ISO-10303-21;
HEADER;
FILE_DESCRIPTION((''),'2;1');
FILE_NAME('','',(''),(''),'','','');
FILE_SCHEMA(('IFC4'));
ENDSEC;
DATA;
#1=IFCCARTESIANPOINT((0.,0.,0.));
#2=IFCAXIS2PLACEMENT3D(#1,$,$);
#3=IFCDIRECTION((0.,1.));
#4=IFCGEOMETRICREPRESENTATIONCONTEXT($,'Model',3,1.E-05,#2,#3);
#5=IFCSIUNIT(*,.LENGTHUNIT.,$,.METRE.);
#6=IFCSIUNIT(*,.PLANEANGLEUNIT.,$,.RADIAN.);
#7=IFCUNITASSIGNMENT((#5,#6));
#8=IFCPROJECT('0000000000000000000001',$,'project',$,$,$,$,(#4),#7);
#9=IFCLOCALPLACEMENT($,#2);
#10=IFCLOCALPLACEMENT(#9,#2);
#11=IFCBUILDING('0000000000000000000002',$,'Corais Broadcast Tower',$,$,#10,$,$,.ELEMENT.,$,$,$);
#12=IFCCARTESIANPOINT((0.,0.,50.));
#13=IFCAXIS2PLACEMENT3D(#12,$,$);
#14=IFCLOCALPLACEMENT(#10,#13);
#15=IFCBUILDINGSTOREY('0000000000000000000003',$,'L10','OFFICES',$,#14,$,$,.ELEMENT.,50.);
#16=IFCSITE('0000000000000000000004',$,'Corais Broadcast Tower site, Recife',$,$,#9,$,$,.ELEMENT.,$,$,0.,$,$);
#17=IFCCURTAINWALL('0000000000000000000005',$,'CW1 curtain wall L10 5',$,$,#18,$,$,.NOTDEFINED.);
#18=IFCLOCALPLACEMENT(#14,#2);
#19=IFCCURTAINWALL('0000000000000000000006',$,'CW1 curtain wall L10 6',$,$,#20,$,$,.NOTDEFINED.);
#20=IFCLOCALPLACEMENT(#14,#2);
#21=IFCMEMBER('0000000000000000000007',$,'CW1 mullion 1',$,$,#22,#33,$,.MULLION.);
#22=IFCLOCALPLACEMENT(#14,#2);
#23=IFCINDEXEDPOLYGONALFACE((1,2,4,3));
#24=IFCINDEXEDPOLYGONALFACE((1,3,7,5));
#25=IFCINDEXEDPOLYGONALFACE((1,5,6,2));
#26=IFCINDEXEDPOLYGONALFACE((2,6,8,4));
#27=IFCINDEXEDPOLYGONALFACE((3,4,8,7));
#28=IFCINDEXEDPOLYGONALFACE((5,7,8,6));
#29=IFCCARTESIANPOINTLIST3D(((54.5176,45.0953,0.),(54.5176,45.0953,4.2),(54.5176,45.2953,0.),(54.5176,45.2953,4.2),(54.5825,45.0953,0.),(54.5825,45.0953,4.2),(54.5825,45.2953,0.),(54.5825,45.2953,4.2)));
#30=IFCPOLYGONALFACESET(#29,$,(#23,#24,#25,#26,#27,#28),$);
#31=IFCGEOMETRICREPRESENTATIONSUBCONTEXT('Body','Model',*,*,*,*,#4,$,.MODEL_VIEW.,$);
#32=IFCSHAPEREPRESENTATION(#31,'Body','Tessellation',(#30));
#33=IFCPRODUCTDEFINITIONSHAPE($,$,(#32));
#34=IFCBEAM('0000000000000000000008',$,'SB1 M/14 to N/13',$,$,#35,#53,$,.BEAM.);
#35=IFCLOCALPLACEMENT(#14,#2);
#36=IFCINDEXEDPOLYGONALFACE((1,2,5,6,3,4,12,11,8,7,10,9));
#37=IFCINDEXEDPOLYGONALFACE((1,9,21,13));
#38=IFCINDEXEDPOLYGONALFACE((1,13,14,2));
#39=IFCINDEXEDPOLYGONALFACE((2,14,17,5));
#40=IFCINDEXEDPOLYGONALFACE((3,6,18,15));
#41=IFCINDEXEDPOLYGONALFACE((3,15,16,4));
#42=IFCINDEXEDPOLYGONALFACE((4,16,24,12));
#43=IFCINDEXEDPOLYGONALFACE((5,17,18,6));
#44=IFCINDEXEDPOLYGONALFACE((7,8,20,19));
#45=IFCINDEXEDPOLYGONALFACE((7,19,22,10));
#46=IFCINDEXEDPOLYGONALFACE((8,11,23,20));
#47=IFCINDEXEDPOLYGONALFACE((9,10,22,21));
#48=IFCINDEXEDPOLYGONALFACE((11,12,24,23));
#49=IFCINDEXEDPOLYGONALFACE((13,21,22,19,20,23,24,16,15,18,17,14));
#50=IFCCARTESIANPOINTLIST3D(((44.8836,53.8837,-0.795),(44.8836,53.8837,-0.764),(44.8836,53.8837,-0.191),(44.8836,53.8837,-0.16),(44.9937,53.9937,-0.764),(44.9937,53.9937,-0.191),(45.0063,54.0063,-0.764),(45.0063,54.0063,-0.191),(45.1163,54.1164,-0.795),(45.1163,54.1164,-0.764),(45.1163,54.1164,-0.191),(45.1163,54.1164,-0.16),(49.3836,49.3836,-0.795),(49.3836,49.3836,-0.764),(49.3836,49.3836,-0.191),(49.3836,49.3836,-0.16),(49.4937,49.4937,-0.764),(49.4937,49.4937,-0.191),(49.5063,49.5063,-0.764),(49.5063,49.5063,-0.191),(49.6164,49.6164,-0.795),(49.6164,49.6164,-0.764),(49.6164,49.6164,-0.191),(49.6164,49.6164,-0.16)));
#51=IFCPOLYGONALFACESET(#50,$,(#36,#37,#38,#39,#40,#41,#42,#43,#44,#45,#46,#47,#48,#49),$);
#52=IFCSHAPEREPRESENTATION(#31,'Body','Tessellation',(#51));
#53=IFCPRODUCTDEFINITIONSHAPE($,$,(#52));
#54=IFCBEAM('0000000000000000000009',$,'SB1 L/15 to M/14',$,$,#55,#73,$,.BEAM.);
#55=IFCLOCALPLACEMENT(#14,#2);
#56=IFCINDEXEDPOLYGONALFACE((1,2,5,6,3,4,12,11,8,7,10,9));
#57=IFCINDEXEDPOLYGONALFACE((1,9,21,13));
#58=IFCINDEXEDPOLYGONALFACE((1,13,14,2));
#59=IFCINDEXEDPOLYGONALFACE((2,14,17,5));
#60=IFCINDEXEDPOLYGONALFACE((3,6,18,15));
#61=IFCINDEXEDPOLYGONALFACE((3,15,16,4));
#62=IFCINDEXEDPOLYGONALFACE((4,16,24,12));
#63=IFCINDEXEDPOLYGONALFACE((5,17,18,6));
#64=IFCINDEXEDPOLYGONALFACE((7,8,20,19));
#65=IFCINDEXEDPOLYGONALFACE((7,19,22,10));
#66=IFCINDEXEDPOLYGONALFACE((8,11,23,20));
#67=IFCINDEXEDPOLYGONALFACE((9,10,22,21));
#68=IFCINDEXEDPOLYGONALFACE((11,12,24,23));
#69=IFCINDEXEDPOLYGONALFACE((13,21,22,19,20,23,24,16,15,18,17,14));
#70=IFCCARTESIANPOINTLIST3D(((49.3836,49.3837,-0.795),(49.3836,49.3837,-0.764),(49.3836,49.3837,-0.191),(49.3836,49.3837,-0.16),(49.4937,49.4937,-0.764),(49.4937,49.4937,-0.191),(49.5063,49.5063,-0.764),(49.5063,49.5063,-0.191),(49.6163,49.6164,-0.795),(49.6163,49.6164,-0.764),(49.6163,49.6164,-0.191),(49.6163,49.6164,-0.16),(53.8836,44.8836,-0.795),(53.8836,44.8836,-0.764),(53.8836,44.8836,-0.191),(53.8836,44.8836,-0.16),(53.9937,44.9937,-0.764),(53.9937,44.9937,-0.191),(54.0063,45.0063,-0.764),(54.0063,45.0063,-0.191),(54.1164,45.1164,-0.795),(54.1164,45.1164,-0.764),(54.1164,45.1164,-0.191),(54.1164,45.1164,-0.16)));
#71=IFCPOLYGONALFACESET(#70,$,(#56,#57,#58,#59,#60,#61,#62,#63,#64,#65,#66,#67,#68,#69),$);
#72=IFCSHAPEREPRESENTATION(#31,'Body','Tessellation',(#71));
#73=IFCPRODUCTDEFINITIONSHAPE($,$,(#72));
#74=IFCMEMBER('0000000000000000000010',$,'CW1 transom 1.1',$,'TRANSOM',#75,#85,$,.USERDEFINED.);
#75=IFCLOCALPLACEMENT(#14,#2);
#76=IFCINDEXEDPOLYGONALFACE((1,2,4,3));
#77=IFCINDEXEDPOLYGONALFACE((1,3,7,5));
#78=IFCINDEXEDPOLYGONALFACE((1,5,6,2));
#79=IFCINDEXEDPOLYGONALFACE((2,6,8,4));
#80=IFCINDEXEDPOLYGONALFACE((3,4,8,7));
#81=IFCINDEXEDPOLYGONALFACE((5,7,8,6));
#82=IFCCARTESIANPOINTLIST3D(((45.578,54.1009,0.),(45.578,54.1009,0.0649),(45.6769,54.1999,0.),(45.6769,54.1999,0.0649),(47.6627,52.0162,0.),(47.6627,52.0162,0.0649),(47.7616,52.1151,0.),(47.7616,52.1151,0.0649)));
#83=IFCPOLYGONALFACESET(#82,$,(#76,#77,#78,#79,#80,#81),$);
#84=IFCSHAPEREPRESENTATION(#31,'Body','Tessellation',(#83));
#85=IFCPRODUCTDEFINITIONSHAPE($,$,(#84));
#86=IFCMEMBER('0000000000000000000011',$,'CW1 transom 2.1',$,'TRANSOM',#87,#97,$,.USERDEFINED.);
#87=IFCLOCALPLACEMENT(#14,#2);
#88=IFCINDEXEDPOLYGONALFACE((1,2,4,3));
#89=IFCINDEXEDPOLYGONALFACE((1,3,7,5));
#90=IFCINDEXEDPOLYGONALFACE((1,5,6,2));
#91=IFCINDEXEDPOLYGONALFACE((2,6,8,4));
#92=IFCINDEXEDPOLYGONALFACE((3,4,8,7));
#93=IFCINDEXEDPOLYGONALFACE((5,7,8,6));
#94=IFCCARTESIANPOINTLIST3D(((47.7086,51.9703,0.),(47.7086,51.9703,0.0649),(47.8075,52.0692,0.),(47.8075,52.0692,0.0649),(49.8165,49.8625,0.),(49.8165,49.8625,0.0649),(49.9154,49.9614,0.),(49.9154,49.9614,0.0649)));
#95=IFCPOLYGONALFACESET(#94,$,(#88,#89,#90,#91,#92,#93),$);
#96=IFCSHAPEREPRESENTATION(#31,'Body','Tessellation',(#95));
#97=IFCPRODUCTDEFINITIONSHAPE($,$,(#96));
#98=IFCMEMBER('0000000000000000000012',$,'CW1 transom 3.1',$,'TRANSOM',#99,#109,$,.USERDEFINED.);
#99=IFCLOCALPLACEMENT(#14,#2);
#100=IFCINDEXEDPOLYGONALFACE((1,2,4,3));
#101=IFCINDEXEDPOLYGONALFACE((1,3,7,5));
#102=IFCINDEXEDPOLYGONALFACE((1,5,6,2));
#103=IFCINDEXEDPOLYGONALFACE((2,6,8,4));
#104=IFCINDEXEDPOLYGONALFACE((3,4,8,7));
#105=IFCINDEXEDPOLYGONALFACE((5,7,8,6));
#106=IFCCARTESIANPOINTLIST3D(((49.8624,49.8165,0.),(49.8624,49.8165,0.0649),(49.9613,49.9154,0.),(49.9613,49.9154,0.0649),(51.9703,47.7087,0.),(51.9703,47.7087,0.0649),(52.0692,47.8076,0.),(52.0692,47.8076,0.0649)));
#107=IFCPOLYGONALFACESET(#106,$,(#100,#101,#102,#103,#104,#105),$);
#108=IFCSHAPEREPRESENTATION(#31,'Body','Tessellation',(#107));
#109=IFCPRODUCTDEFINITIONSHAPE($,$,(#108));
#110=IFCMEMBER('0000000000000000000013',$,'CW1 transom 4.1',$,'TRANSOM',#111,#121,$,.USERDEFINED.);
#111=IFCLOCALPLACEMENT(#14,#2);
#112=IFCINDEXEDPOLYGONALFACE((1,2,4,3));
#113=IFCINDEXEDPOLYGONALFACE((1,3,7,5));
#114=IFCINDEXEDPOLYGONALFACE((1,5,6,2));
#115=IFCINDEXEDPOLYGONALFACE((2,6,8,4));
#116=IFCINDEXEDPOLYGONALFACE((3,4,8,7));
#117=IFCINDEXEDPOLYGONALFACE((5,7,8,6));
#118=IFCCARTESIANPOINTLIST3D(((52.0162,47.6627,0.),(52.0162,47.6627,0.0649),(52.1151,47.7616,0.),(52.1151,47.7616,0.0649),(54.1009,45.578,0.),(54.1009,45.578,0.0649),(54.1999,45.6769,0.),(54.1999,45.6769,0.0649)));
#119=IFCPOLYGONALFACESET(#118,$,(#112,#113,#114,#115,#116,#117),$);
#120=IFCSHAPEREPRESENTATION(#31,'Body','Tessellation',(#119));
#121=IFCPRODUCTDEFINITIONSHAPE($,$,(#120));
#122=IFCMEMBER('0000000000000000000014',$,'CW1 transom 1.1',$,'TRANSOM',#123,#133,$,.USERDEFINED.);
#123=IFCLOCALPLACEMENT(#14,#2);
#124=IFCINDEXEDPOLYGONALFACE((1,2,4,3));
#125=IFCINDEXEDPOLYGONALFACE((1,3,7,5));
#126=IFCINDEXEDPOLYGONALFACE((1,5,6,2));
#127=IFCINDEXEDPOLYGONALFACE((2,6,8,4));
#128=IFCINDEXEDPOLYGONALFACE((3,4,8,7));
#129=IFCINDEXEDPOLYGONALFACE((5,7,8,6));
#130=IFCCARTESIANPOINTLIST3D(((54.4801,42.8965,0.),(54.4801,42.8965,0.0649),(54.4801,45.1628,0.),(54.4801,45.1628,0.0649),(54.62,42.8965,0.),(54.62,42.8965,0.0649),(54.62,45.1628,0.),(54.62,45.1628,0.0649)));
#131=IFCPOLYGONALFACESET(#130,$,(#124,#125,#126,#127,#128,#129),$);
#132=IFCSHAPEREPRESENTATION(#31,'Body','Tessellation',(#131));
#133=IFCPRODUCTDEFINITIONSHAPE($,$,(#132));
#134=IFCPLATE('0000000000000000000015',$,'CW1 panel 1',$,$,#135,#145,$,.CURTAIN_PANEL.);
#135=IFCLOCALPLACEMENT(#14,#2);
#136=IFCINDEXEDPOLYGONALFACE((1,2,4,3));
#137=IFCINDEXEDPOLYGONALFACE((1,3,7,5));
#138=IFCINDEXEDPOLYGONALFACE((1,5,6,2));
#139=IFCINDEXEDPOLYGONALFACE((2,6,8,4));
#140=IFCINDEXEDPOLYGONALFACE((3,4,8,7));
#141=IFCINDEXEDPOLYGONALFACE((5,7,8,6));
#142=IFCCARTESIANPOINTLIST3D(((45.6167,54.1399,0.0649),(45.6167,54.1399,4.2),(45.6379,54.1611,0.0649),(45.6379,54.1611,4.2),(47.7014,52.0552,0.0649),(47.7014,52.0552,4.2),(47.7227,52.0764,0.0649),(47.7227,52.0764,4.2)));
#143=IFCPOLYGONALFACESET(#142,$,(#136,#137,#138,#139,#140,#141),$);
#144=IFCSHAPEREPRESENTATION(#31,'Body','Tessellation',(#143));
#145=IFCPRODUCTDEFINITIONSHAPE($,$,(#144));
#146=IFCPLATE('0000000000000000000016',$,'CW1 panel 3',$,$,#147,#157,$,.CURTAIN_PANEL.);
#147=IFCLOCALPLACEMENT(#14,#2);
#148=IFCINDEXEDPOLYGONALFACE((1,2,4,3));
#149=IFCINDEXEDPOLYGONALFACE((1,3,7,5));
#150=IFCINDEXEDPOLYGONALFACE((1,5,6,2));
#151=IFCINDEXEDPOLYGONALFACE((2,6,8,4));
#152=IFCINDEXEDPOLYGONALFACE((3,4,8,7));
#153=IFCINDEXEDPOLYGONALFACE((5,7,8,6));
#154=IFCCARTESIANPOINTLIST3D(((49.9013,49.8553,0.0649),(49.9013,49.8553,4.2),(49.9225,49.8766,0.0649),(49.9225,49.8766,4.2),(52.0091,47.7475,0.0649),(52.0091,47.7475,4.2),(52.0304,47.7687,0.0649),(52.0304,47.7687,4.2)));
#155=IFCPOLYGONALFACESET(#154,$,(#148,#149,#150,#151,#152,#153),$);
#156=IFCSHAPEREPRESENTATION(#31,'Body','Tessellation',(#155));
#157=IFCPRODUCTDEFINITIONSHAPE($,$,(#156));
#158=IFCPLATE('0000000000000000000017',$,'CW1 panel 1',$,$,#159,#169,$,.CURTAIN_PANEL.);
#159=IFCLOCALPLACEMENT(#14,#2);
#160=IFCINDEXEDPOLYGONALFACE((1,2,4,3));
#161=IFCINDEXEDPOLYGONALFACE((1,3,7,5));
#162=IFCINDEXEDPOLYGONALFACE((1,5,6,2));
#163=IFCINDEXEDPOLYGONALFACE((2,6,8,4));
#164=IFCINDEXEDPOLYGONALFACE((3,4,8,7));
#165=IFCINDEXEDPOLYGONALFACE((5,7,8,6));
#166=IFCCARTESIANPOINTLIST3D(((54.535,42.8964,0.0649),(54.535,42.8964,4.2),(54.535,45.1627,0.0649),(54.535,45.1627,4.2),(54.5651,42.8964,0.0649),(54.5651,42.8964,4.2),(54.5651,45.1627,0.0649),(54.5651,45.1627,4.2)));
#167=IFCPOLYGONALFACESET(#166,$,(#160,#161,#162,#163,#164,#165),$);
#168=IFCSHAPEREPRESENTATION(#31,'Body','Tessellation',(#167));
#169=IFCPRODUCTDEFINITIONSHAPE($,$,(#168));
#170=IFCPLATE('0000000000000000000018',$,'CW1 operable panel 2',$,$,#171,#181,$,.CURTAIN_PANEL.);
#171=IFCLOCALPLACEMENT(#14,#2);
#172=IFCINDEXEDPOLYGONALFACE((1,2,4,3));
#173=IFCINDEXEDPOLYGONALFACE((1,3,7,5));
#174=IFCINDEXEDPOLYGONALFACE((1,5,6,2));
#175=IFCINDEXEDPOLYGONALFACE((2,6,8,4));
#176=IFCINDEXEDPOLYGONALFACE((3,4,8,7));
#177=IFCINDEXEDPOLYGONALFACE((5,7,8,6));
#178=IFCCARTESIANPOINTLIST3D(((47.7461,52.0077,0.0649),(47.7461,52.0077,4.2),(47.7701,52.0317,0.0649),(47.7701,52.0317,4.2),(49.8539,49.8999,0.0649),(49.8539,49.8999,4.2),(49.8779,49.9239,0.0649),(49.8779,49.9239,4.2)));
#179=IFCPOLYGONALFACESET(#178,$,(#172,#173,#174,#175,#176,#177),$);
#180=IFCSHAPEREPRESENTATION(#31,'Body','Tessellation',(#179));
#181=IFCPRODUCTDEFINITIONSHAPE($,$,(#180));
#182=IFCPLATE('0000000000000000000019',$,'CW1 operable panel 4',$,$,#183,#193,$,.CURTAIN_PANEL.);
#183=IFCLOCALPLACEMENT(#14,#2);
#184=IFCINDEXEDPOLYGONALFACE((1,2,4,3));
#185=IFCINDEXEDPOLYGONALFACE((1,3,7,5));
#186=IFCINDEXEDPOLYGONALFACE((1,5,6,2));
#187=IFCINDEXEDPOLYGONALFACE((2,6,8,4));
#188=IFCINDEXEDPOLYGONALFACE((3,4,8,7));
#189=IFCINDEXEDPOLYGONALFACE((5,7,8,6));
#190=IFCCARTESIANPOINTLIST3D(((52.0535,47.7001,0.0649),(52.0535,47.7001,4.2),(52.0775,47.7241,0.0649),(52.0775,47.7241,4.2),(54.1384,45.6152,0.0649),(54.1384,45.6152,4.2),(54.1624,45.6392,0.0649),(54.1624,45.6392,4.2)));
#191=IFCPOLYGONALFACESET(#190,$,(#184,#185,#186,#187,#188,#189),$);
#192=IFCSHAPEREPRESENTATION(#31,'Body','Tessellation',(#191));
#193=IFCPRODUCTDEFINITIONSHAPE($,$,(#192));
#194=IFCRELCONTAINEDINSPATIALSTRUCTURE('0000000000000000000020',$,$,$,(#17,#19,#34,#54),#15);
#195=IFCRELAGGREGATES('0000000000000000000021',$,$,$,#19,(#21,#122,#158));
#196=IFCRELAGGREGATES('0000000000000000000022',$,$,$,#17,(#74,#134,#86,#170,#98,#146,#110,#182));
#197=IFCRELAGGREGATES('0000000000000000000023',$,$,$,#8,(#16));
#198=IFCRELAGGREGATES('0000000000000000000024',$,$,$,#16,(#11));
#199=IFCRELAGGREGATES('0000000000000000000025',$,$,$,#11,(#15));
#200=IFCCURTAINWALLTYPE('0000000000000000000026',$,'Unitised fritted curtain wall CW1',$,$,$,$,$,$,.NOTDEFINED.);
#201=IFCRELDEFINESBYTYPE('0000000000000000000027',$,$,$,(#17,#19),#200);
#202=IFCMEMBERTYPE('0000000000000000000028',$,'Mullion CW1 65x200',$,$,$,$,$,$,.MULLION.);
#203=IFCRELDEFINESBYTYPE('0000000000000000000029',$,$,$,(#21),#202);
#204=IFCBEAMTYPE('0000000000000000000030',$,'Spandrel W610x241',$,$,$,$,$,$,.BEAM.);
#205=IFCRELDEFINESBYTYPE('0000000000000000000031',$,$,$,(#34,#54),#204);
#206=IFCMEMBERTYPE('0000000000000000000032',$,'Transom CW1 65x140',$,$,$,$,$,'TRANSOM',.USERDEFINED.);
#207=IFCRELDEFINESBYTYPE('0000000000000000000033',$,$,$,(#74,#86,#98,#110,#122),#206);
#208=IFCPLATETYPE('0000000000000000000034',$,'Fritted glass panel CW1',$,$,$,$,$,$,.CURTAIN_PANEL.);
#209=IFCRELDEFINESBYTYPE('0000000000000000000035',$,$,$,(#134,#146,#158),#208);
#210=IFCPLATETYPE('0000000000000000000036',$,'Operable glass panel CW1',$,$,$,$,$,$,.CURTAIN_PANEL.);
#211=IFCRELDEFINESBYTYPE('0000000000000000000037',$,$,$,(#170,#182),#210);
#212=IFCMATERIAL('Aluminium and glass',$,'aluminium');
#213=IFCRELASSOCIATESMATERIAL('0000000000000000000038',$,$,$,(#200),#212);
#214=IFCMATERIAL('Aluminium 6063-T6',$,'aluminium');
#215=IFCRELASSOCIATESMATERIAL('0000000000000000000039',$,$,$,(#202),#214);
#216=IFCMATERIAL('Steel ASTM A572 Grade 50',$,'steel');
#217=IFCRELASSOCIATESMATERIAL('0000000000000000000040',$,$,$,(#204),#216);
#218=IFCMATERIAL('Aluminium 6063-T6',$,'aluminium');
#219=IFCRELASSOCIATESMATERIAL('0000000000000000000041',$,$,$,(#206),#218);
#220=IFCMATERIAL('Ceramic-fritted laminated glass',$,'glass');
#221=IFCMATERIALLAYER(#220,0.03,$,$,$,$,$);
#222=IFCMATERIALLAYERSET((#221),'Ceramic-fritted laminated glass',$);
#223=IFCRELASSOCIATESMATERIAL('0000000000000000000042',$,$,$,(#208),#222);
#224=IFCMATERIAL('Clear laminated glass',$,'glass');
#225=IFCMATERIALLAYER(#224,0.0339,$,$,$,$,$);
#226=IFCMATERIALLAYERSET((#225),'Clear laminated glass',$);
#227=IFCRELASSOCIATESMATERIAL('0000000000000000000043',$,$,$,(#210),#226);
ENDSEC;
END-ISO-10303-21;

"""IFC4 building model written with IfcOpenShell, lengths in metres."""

from ifc_helpers import new_model, si_unit, direction, frame, origin, origin_2d, place, context, subcontext, project, spatial, rectangle, i_section, extrude, material, layer, layer_set, material_profile, profile_set, type_object, element, aggregate, save


model = new_model("IFC4")

# Units and contexts
model_context = context("Model", 3, precision=1e-05, world=origin(), true_north=direction((0.0, 1.0)))
body_context = subcontext(model_context, "Body", "Model", "MODEL_VIEW")
ifc_project = project(units=[si_unit("LENGTHUNIT", "METRE"), si_unit("PLANEANGLEUNIT", "RADIAN")], contexts=[model_context])

# Site, building, storey
site_placement = place(None, origin())
site = spatial("IfcSite", under=ifc_project, at=site_placement, Name="Corais Broadcast Tower site, Recife", CompositionType="ELEMENT", RefElevation=0.0)
building_placement = place(site_placement, origin())
building = spatial("IfcBuilding", under=site, at=building_placement, Name="Corais Broadcast Tower", CompositionType="ELEMENT")
storey_placement = place(building_placement, frame((0.0, 0.0, 50.0)))
storey = spatial("IfcBuildingStorey", under=building, at=storey_placement, Name="L10", Description="OFFICES", CompositionType="ELEMENT", Elevation=50.0)

# Shared definitions
ifc_material_1 = material(Name="Aluminium and glass", Category="aluminium")
curtain_wall_type = type_object("IfcCurtainWallType", Name="Unitised fritted curtain wall CW1", PredefinedType="NOTDEFINED", material=ifc_material_1)
ifc_material_2 = material(Name="Aluminium 6063-T6", Category="aluminium")
ifc_material_profile_1 = material_profile(ifc_material_2, rectangle(XDim=0.0649, YDim=0.2, at=origin_2d()), Name="Mullion CW1 65x200")
ifc_profile_set_1 = profile_set([ifc_material_profile_1], Name="Aluminium 6063-T6")
member_type_1 = type_object("IfcMemberType", Name="Mullion CW1 65x200", PredefinedType="MULLION", material=ifc_profile_set_1)

# Curtain wall
curtain_wall_1_placement = place(storey_placement, origin())
curtain_wall_1 = element("IfcCurtainWall", 1, at=curtain_wall_1_placement, inside=storey, type_object=curtain_wall_type, Name="CW1 curtain wall L10 5", PredefinedType="NOTDEFINED")

# Curtain wall, member
curtain_wall_2_placement = place(storey_placement, origin())
curtain_wall_2 = element("IfcCurtainWall", 2, at=curtain_wall_2_placement, inside=storey, type_object=curtain_wall_type, Name="CW1 curtain wall L10 6", PredefinedType="NOTDEFINED")
member_1_placement = place(storey_placement, frame((54.55, 45.1953, 0.0), z_axis=(0.0, 0.0, 1.0), x_axis=(1.0, 0.0, 0.0)))
member_1 = element("IfcMember", 3, at=member_1_placement, type_object=member_type_1, Name="CW1 mullion 1", PredefinedType="MULLION", context=body_context, shape_type="SweptSolid", body=[
    extrude(rectangle(XDim=0.0649, YDim=0.2, at=origin_2d()), origin(), (0.0, 0.0, 1.0), 4.2),
])

# Beams
ifc_material_3 = material(Name="Steel ASTM A572 Grade 50", Category="steel")
ifc_material_profile_2 = material_profile(ifc_material_3, i_section(OverallWidth=0.3291, OverallDepth=0.635, WebThickness=0.0178, FlangeThickness=0.031, at=origin_2d()), Name="W610x241")
ifc_profile_set_2 = profile_set([ifc_material_profile_2], Name="Steel ASTM A572 Grade 50")
beam_type_1 = type_object("IfcBeamType", Name="Spandrel W610x241", PredefinedType="BEAM", material=ifc_profile_set_2)
for number, where, z_axis, x_axis, name in (
    (4, (49.5, 49.5, -0.4775), (-0.707107, 0.707107, 0.0), (-0.707107, -0.707107, 0.0), "SB1 M/14 to N/13"),
    (5, (54.0, 45.0, -0.4775), (-0.707107, 0.707107, 0.0), (-0.707107, -0.707107, 0.0), "SB1 L/15 to M/14"),
):
    element("IfcBeam", number, at=place(storey_placement, frame(where, z_axis=z_axis, x_axis=x_axis)), inside=storey, type_object=beam_type_1, Name=name, PredefinedType="BEAM", context=body_context, shape_type="SweptSolid", body=[
        extrude(i_section(OverallWidth=0.3291, OverallDepth=0.635, WebThickness=0.0178, FlangeThickness=0.031, at=origin_2d()), origin(), (0.0, 0.0, 1.0), 6.364),
    ])

# Members
ifc_material_4 = material(Name="Aluminium 6063-T6", Category="aluminium")
ifc_material_profile_3 = material_profile(ifc_material_4, rectangle(XDim=0.1399, YDim=0.0649, at=origin_2d()), Name="Transom CW1 65x140")
ifc_profile_set_3 = profile_set([ifc_material_profile_3], Name="Aluminium 6063-T6")
member_type_2 = type_object("IfcMemberType", Name="Transom CW1 65x140", ElementType="TRANSOM", PredefinedType="USERDEFINED", material=ifc_profile_set_3)
member_2_placement = place(storey_placement, frame((45.6274, 54.1504, 0.0325), z_axis=(0.707107, -0.707107, 0.0), x_axis=(0.707107, 0.707107, 0.0)))
member_2 = element("IfcMember", 6, at=member_2_placement, type_object=member_type_2, Name="CW1 transom 1.1", ObjectType="TRANSOM", PredefinedType="USERDEFINED", context=body_context, shape_type="SweptSolid", body=[
    extrude(rectangle(XDim=0.1399, YDim=0.0649, at=origin_2d()), origin(), (0.0, 0.0, 1.0), 2.9482),
])
member_3_placement = place(storey_placement, frame((47.7581, 52.0198, 0.0325), z_axis=(0.707107, -0.707107, 0.0), x_axis=(0.707107, 0.707107, 0.0)))
member_3 = element("IfcMember", 7, at=member_3_placement, type_object=member_type_2, Name="CW1 transom 2.1", ObjectType="TRANSOM", PredefinedType="USERDEFINED", context=body_context, shape_type="SweptSolid", body=[
    extrude(rectangle(XDim=0.1399, YDim=0.0649, at=origin_2d()), origin(), (0.0, 0.0, 1.0), 2.981),
])
member_4_placement = place(storey_placement, frame((49.9119, 49.866, 0.0325), z_axis=(0.707107, -0.707107, 0.0), x_axis=(0.707107, 0.707107, 0.0)))
member_4 = element("IfcMember", 8, at=member_4_placement, type_object=member_type_2, Name="CW1 transom 3.1", ObjectType="TRANSOM", PredefinedType="USERDEFINED", context=body_context, shape_type="SweptSolid", body=[
    extrude(rectangle(XDim=0.1399, YDim=0.0649, at=origin_2d()), origin(), (0.0, 0.0, 1.0), 2.981),
])
member_5_placement = place(storey_placement, frame((52.0657, 47.7122, 0.0325), z_axis=(0.707107, -0.707107, 0.0), x_axis=(0.707107, 0.707107, 0.0)))
member_5 = element("IfcMember", 9, at=member_5_placement, type_object=member_type_2, Name="CW1 transom 4.1", ObjectType="TRANSOM", PredefinedType="USERDEFINED", context=body_context, shape_type="SweptSolid", body=[
    extrude(rectangle(XDim=0.1399, YDim=0.0649, at=origin_2d()), origin(), (0.0, 0.0, 1.0), 2.9482),
])
member_6_placement = place(storey_placement, frame((54.55, 45.1628, 0.0325), z_axis=(0.0, -1.0, 0.0), x_axis=(1.0, 0.0, 0.0)))
member_6 = element("IfcMember", 10, at=member_6_placement, type_object=member_type_2, Name="CW1 transom 1.1", ObjectType="TRANSOM", PredefinedType="USERDEFINED", context=body_context, shape_type="SweptSolid", body=[
    extrude(rectangle(XDim=0.1399, YDim=0.0649, at=origin_2d()), origin(), (0.0, 0.0, 1.0), 2.2664),
])

# Plates
ifc_material_5 = material(Name="Ceramic-fritted laminated glass", Category="glass")
ifc_layer_1 = layer(ifc_material_5, 0.03)
ifc_layer_set_1 = layer_set([ifc_layer_1], Name="Ceramic-fritted laminated glass")
plate_type_1 = type_object("IfcPlateType", Name="Fritted glass panel CW1", PredefinedType="CURTAIN_PANEL", material=ifc_layer_set_1)
plate_1_placement = place(storey_placement, frame((46.6697, 53.1082, 0.0649), z_axis=(0.0, 0.0, 1.0), x_axis=(0.707107, -0.707107, 0.0)))
plate_1 = element("IfcPlate", 11, at=plate_1_placement, type_object=plate_type_1, Name="CW1 panel 1", PredefinedType="CURTAIN_PANEL", context=body_context, shape_type="SweptSolid", body=[
    extrude(rectangle(XDim=2.9482, YDim=0.03, at=origin_2d()), origin(), (0.0, 0.0, 1.0), 4.135),
])
plate_2_placement = place(storey_placement, frame((50.9658, 48.812, 0.0649), z_axis=(0.0, 0.0, 1.0), x_axis=(0.707107, -0.707107, 0.0)))
plate_2 = element("IfcPlate", 12, at=plate_2_placement, type_object=plate_type_1, Name="CW1 panel 3", PredefinedType="CURTAIN_PANEL", context=body_context, shape_type="SweptSolid", body=[
    extrude(rectangle(XDim=2.981, YDim=0.03, at=origin_2d()), origin(), (0.0, 0.0, 1.0), 4.135),
])
plate_3_placement = place(storey_placement, frame((54.55, 44.0295, 0.0649), z_axis=(0.0, 0.0, 1.0), x_axis=(0.0, -1.0, 0.0)))
plate_3 = element("IfcPlate", 13, at=plate_3_placement, type_object=plate_type_1, Name="CW1 panel 1", PredefinedType="CURTAIN_PANEL", context=body_context, shape_type="SweptSolid", body=[
    extrude(rectangle(XDim=2.2664, YDim=0.03, at=origin_2d()), origin(), (0.0, 0.0, 1.0), 4.135),
])
aggregate(curtain_wall_2, [member_1, member_6, plate_3])
ifc_material_6 = material(Name="Clear laminated glass", Category="glass")
ifc_layer_2 = layer(ifc_material_6, 0.0339)
ifc_layer_set_2 = layer_set([ifc_layer_2], Name="Clear laminated glass")
plate_type_2 = type_object("IfcPlateType", Name="Operable glass panel CW1", PredefinedType="CURTAIN_PANEL", material=ifc_layer_set_2)
plate_4_placement = place(storey_placement, frame((48.812, 50.9658, 0.0649), z_axis=(0.0, 0.0, 1.0), x_axis=(0.707107, -0.707107, 0.0)))
plate_4 = element("IfcPlate", 14, at=plate_4_placement, type_object=plate_type_2, Name="CW1 operable panel 2", PredefinedType="CURTAIN_PANEL", context=body_context, shape_type="SweptSolid", body=[
    extrude(rectangle(XDim=2.981, YDim=0.0339, at=origin_2d()), origin(), (0.0, 0.0, 1.0), 4.135),
])
plate_5_placement = place(storey_placement, frame((53.1079, 46.6697, 0.0649), z_axis=(0.0, 0.0, 1.0), x_axis=(0.707107, -0.707107, 0.0)))
plate_5 = element("IfcPlate", 15, at=plate_5_placement, type_object=plate_type_2, Name="CW1 operable panel 4", PredefinedType="CURTAIN_PANEL", context=body_context, shape_type="SweptSolid", body=[
    extrude(rectangle(XDim=2.9485, YDim=0.0339, at=origin_2d()), origin(), (0.0, 0.0, 1.0), 4.135),
])
aggregate(curtain_wall_1, [member_2, plate_1, member_3, plate_4, member_4, plate_2, member_5, plate_5])

save(model, "model.ifc")
